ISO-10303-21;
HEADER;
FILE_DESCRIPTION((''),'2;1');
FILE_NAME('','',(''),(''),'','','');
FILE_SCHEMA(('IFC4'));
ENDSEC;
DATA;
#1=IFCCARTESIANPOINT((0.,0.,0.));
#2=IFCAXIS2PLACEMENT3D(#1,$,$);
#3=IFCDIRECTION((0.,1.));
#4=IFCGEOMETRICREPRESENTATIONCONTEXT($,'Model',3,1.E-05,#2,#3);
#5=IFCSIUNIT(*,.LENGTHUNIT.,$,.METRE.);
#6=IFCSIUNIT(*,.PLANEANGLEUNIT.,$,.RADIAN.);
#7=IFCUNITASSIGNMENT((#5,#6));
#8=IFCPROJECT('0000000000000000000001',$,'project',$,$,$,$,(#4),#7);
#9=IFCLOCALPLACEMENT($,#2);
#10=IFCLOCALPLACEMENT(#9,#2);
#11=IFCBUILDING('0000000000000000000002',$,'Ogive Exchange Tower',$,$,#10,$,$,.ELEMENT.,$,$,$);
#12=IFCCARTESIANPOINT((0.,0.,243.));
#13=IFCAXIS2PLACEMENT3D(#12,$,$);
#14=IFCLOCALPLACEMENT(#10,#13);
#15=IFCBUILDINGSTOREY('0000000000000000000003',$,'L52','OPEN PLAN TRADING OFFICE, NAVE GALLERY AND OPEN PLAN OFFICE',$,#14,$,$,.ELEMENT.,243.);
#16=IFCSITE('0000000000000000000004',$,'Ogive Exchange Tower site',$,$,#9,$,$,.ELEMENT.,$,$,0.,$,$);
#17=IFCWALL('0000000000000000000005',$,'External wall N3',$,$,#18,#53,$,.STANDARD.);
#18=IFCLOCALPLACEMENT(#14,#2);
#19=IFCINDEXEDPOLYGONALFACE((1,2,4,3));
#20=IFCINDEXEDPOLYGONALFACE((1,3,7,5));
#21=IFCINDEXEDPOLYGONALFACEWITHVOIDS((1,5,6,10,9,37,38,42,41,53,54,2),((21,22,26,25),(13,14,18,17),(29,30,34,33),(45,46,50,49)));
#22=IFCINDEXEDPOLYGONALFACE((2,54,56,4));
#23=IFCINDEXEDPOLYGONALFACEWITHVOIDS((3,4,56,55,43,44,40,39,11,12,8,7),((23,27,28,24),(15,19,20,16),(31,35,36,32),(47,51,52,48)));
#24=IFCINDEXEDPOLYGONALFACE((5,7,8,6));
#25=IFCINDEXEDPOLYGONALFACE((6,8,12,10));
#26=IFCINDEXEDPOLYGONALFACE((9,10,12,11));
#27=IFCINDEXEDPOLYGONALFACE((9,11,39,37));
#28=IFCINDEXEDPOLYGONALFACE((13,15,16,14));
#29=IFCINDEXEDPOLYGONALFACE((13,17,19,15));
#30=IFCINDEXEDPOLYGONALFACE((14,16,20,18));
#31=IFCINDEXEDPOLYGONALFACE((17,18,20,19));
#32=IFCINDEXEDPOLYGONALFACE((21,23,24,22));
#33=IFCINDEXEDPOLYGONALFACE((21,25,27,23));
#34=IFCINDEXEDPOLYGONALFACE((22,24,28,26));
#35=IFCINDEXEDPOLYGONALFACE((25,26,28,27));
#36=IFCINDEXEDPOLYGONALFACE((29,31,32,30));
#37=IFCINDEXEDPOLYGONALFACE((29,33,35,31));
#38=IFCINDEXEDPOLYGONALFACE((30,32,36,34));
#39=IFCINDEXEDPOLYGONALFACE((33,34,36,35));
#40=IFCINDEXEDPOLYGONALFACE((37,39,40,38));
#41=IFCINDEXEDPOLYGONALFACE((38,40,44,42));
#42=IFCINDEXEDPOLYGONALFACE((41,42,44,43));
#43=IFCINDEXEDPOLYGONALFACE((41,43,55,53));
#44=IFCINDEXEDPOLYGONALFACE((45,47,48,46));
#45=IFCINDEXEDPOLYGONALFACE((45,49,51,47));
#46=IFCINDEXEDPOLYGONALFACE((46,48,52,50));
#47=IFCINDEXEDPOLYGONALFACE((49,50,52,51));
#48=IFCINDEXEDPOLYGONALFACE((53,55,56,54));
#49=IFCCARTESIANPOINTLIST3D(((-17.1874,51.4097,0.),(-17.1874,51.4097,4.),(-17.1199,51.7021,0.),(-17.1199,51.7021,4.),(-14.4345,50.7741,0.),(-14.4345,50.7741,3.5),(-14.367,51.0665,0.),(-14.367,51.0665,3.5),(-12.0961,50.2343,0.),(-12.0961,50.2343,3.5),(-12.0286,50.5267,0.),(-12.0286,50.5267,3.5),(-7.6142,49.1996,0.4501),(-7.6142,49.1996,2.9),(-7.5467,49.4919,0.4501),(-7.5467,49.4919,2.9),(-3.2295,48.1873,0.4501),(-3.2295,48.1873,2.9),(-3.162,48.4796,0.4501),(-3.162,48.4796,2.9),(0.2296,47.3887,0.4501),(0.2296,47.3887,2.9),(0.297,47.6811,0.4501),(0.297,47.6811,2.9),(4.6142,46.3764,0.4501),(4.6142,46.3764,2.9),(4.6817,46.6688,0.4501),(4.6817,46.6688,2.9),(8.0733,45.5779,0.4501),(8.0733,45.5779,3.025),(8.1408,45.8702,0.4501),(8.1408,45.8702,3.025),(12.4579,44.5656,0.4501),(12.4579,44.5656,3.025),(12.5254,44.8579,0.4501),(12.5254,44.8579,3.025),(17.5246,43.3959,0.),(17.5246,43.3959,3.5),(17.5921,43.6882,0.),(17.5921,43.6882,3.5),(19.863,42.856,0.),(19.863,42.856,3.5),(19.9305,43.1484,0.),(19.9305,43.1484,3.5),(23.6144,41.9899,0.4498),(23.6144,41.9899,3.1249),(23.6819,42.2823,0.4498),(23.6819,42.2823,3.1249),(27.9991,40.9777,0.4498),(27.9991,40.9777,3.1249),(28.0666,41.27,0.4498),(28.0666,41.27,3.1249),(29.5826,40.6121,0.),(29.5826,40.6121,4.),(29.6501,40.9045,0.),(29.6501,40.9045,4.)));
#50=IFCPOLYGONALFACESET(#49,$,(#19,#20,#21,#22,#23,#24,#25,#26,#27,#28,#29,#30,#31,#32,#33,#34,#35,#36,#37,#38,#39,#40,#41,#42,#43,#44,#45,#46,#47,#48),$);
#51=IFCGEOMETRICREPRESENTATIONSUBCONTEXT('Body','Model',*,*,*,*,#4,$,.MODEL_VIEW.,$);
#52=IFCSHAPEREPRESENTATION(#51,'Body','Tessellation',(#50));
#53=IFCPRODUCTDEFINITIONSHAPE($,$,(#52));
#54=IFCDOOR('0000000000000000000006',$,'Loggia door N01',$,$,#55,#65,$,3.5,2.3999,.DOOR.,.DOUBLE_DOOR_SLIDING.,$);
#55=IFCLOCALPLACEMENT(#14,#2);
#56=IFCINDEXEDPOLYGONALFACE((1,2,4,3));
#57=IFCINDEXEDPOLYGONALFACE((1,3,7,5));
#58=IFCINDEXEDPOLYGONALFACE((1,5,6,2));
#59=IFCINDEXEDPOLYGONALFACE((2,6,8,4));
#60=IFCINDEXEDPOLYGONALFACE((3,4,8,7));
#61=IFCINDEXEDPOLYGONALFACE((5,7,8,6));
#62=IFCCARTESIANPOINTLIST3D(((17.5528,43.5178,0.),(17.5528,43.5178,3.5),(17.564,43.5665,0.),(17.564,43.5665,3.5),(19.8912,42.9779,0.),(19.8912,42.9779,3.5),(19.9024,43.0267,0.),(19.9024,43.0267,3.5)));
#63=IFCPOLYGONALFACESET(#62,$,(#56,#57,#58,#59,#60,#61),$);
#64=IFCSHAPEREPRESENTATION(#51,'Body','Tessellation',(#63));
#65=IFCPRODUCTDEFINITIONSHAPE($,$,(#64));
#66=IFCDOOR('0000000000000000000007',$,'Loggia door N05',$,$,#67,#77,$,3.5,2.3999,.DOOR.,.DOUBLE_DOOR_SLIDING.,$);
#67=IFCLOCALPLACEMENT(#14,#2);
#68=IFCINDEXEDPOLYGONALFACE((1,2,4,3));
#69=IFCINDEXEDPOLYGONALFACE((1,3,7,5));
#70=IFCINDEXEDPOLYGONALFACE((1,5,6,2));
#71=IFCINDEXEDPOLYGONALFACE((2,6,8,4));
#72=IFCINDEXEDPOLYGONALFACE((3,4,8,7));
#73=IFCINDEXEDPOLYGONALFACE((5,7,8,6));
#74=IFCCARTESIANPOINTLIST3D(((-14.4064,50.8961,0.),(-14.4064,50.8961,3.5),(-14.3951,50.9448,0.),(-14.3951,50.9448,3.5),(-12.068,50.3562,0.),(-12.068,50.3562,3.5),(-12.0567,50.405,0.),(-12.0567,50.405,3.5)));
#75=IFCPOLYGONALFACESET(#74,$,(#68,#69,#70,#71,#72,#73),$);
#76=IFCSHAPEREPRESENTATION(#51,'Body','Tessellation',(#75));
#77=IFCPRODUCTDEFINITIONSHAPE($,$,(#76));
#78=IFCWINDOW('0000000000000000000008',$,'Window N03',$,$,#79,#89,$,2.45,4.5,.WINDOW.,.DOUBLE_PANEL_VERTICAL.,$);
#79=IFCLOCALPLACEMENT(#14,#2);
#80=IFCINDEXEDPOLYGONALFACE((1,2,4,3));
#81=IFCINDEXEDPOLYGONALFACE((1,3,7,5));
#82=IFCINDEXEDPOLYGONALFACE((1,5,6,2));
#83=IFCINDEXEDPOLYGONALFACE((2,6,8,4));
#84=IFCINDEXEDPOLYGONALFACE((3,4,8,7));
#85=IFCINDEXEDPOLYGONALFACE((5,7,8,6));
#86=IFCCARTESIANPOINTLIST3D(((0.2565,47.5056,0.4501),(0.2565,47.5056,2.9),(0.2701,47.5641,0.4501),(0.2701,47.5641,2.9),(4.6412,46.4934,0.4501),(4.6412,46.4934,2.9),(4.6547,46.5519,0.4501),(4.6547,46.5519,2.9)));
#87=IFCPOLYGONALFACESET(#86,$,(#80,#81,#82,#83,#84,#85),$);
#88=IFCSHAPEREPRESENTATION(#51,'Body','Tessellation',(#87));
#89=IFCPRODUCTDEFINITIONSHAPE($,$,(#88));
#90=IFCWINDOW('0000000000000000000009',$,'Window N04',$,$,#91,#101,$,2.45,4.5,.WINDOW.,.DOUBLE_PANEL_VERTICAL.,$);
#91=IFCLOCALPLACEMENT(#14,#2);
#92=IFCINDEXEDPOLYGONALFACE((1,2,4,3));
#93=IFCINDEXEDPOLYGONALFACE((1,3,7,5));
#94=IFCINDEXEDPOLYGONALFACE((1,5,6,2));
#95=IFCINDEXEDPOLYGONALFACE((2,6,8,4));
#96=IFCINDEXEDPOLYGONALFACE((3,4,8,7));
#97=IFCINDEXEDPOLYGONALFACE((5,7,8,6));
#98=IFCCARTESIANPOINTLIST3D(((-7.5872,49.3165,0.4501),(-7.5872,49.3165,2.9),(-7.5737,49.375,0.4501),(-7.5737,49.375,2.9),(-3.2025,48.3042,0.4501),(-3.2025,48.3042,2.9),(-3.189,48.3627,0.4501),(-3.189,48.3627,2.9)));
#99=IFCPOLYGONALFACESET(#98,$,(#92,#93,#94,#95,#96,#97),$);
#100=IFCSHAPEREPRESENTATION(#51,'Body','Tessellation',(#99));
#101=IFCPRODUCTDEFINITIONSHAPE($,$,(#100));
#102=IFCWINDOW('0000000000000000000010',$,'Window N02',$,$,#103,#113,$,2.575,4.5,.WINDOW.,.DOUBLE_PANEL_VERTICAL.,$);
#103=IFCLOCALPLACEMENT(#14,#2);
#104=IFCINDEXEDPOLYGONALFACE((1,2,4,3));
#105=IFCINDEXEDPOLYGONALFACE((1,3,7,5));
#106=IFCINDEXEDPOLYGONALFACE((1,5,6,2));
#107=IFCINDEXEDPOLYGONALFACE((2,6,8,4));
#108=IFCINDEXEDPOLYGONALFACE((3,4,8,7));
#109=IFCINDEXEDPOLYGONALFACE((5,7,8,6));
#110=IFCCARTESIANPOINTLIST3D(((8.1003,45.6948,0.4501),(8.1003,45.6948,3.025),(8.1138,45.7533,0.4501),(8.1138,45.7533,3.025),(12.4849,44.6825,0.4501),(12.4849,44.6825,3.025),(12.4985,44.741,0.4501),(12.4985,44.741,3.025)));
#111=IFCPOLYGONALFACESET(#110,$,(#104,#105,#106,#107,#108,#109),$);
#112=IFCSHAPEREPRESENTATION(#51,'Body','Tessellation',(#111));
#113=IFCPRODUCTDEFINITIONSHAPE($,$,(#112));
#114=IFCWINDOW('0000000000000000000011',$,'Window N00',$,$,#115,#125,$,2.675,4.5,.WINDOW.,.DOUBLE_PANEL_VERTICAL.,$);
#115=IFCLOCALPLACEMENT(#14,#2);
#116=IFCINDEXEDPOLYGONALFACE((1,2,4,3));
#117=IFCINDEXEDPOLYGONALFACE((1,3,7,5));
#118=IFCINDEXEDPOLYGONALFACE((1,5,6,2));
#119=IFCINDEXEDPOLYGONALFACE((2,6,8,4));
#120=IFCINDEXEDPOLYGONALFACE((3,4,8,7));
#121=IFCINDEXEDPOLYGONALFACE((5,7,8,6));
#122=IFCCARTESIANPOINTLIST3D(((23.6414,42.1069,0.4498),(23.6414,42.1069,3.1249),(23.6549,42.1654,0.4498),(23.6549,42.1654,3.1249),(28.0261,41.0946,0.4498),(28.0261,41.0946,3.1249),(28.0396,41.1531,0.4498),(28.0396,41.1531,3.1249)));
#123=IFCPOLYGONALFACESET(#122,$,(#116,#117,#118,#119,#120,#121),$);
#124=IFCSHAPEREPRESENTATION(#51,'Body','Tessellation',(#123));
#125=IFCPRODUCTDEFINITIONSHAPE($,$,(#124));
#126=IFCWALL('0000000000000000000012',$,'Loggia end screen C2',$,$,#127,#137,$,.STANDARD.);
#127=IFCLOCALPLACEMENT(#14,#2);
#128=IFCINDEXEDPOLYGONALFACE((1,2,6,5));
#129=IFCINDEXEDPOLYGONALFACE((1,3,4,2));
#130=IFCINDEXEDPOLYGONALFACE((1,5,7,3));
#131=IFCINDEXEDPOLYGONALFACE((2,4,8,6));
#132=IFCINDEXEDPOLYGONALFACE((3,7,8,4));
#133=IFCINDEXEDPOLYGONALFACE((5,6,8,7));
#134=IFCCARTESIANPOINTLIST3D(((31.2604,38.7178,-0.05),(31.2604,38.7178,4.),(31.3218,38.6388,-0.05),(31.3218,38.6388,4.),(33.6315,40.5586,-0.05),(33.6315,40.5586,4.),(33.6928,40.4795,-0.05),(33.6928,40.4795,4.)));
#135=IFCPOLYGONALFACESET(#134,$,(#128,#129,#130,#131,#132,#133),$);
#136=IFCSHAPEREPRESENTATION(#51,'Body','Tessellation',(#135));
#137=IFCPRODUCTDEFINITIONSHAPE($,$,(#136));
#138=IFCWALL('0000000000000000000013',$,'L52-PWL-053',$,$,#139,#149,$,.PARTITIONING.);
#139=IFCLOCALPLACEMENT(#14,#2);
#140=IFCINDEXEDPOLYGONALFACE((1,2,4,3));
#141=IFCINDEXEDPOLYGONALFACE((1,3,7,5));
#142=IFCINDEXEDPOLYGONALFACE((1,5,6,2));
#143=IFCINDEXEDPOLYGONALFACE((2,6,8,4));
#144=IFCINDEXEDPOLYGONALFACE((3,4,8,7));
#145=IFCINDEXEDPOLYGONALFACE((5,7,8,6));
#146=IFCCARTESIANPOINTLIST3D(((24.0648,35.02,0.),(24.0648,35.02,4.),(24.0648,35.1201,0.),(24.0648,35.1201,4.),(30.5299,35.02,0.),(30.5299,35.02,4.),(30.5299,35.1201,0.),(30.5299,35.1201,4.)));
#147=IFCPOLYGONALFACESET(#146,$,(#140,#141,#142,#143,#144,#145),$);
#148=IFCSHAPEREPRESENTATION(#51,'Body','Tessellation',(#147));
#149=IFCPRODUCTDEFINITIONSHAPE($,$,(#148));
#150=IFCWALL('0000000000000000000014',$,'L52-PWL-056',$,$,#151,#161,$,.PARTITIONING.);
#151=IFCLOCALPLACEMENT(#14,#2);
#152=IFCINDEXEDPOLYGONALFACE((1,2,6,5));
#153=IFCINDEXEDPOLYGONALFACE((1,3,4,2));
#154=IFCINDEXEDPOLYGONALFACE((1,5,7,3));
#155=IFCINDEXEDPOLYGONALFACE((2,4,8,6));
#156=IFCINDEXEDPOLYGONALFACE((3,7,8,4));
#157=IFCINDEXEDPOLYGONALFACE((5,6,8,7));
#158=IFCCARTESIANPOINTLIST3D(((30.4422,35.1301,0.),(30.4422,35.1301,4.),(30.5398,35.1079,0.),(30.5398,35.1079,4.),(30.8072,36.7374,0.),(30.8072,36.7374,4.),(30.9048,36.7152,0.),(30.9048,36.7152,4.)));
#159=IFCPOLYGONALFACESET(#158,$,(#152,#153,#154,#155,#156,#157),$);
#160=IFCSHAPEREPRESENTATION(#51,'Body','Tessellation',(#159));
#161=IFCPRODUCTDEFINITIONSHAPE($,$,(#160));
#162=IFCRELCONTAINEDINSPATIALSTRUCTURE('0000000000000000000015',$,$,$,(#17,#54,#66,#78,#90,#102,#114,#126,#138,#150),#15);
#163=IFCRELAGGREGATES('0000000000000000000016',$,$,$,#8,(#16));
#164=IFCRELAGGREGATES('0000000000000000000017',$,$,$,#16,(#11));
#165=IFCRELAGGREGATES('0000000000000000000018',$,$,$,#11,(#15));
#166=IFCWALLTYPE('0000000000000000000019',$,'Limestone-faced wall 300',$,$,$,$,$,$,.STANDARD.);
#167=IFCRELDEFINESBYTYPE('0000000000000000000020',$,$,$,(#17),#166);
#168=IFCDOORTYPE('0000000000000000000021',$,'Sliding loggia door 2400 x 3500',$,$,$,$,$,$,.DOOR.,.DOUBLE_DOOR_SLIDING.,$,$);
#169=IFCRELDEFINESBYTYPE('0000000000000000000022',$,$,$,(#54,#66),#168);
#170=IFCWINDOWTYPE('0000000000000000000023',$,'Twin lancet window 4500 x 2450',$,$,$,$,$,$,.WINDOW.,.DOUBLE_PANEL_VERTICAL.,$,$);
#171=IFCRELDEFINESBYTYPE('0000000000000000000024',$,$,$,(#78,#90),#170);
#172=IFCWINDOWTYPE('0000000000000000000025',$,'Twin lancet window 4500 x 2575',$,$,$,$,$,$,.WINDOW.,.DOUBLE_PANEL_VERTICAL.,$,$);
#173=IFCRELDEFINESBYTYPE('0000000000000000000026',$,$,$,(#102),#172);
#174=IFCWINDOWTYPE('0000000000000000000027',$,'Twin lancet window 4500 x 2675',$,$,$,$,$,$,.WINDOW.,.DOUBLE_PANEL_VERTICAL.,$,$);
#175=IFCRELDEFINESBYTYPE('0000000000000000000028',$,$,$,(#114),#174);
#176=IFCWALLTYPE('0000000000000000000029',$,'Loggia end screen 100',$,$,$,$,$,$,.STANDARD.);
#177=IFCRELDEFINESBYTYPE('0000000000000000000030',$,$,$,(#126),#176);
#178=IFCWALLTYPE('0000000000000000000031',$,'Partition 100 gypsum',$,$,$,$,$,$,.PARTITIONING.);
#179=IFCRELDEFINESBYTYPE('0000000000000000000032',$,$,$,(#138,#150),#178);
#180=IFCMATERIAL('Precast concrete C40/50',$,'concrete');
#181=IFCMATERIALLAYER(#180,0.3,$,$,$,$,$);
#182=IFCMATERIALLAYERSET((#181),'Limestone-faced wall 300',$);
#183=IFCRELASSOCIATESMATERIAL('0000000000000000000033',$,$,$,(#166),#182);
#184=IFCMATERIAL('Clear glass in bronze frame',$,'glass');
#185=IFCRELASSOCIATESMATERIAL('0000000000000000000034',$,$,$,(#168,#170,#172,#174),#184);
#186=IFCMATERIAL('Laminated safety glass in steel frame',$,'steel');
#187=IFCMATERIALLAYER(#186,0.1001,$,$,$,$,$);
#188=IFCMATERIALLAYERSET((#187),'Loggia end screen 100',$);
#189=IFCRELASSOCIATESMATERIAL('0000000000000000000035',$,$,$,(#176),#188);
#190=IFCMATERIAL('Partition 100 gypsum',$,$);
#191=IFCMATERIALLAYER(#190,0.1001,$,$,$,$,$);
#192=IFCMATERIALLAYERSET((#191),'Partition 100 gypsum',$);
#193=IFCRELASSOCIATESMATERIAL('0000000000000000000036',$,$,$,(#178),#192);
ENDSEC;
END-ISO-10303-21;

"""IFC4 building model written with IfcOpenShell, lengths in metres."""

from ifc_helpers import new_model, si_unit, direction, frame, frame_2d, origin, place, context, subcontext, project, spatial, rectangle, extrude, material, layer, layer_set, type_object, element, fill, save


model = new_model("IFC4")

# Units and contexts
model_context = context("Model", 3, precision=1e-05, world=origin(), true_north=direction((0.0, 1.0)))
body_context = subcontext(model_context, "Body", "Model", "MODEL_VIEW")
ifc_project = project(units=[si_unit("LENGTHUNIT", "METRE"), si_unit("PLANEANGLEUNIT", "RADIAN")], contexts=[model_context])

# Site, building, storey
site_placement = place(None, origin())
site = spatial("IfcSite", under=ifc_project, at=site_placement, Name="Ogive Exchange Tower site", CompositionType="ELEMENT", RefElevation=0.0)
building_placement = place(site_placement, origin())
building = spatial("IfcBuilding", under=site, at=building_placement, Name="Ogive Exchange Tower", CompositionType="ELEMENT")
storey_placement = place(building_placement, frame((0.0, 0.0, 243.0)))
storey = spatial("IfcBuildingStorey", under=building, at=storey_placement, Name="L52", Description="OPEN PLAN TRADING OFFICE, NAVE GALLERY AND OPEN PLAN OFFICE", CompositionType="ELEMENT", Elevation=243.0)

# Wall, openings, doors, windows
ifc_material_1 = material(Name="Precast concrete C40/50", Category="concrete")
ifc_layer_1 = layer(ifc_material_1, 0.3)
ifc_layer_set_1 = layer_set([ifc_layer_1], Name="Limestone-faced wall 300")
wall_type_1 = type_object("IfcWallType", Name="Limestone-faced wall 300", PredefinedType="STANDARD", material=ifc_layer_set_1)
wall_1_placement = place(storey_placement, frame((29.6162, 40.7583, 0.0), z_axis=(0.0, 0.0, 1.0), x_axis=(-0.974371, 0.224949, 0.0)))
wall_1 = element("IfcWall", 1, at=wall_1_placement, inside=storey, type_object=wall_type_1, Name="External wall N3", PredefinedType="STANDARD", context=body_context, shape_type="SweptSolid", body=[
    extrude(rectangle(XDim=48.0002, YDim=0.3, at=frame_2d((24.0, 0.0))), origin(), (0.0, 0.0, 1.0), 4.0),
])
opening_1_placement = place(wall_1_placement, frame((1.625, 0.0, 0.45)))
opening_1 = element("IfcOpeningElement", 2, at=opening_1_placement, cuts=wall_1, PredefinedType="OPENING", context=body_context, shape_type="SweptSolid", body=[
    extrude(rectangle(XDim=4.5, YDim=2.675, at=frame_2d((2.25, 1.3374))), frame((0.0, 0.1599, 0.0), z_axis=(0.0, -1.0, 0.0), x_axis=(1.0, 0.0, 0.0)), (0.0, 0.0, 1.0), 0.3201),
])
opening_2_placement = place(wall_1_placement, frame((9.9751, 0.0, 0.0)))
opening_2 = element("IfcOpeningElement", 3, at=opening_2_placement, cuts=wall_1, PredefinedType="OPENING", context=body_context, shape_type="SweptSolid", body=[
    extrude(rectangle(XDim=2.3999, YDim=3.5, at=frame_2d((1.2, 1.75))), frame((0.0, 0.1599, 0.0), z_axis=(0.0, -1.0, 0.0), x_axis=(1.0, 0.0, 0.0)), (0.0, 0.0, 1.0), 0.3201),
])
opening_3_placement = place(wall_1_placement, frame((17.575, 0.0, 0.45)))
opening_3 = element("IfcOpeningElement", 4, at=opening_3_placement, cuts=wall_1, PredefinedType="OPENING", context=body_context, shape_type="SweptSolid", body=[
    extrude(rectangle(XDim=4.5, YDim=2.575, at=frame_2d((2.25, 1.2876))), frame((0.0, 0.1599, 0.0), z_axis=(0.0, -1.0, 0.0), x_axis=(1.0, 0.0, 0.0)), (0.0, 0.0, 1.0), 0.3201),
])
opening_4_placement = place(wall_1_placement, frame((25.625, 0.0, 0.45)))
opening_4 = element("IfcOpeningElement", 5, at=opening_4_placement, cuts=wall_1, PredefinedType="OPENING", context=body_context, shape_type="SweptSolid", body=[
    extrude(rectangle(XDim=4.5, YDim=2.45, at=frame_2d((2.25, 1.2251))), frame((0.0, 0.1599, 0.0), z_axis=(0.0, -1.0, 0.0), x_axis=(1.0, 0.0, 0.0)), (0.0, 0.0, 1.0), 0.3201),
])
opening_5_placement = place(wall_1_placement, frame((33.675, 0.0, 0.45)))
opening_5 = element("IfcOpeningElement", 6, at=opening_5_placement, cuts=wall_1, PredefinedType="OPENING", context=body_context, shape_type="SweptSolid", body=[
    extrude(rectangle(XDim=4.5, YDim=2.45, at=frame_2d((2.25, 1.2251))), frame((0.0, 0.1599, 0.0), z_axis=(0.0, -1.0, 0.0), x_axis=(1.0, 0.0, 0.0)), (0.0, 0.0, 1.0), 0.3201),
])
opening_6_placement = place(wall_1_placement, frame((42.7749, 0.0, 0.0)))
opening_6 = element("IfcOpeningElement", 7, at=opening_6_placement, cuts=wall_1, PredefinedType="OPENING", context=body_context, shape_type="SweptSolid", body=[
    extrude(rectangle(XDim=2.3999, YDim=3.5, at=frame_2d((1.2, 1.75))), frame((0.0, 0.1599, 0.0), z_axis=(0.0, -1.0, 0.0), x_axis=(1.0, 0.0, 0.0)), (0.0, 0.0, 1.0), 0.3201),
])
ifc_material_2 = material(Name="Clear glass in bronze frame", Category="glass")
door_type_1 = type_object("IfcDoorType", Name="Sliding loggia door 2400 x 3500", OperationType="DOUBLE_DOOR_SLIDING", PredefinedType="DOOR", material=ifc_material_2)
door_1_placement = place(opening_2_placement, origin())
door_1 = element("IfcDoor", 8, at=door_1_placement, inside=storey, type_object=door_type_1, Name="Loggia door N01", OperationType="DOUBLE_DOOR_SLIDING", OverallHeight=3.5, OverallWidth=2.3999, PredefinedType="DOOR", context=body_context, shape_type="SweptSolid", body=[
    extrude(rectangle(XDim=2.3999, YDim=3.5, at=frame_2d((1.2, 1.75))), frame((0.0, 0.0249, 0.0), z_axis=(0.0, -1.0, 0.0), x_axis=(1.0, 0.0, 0.0)), (0.0, 0.0, 1.0), 0.05),
])
fill(opening_2, door_1)
door_2_placement = place(opening_6_placement, origin())
door_2 = element("IfcDoor", 9, at=door_2_placement, inside=storey, type_object=door_type_1, Name="Loggia door N05", OperationType="DOUBLE_DOOR_SLIDING", OverallHeight=3.5, OverallWidth=2.3999, PredefinedType="DOOR", context=body_context, shape_type="SweptSolid", body=[
    extrude(rectangle(XDim=2.3999, YDim=3.5, at=frame_2d((1.2, 1.75))), frame((0.0, 0.0249, 0.0), z_axis=(0.0, -1.0, 0.0), x_axis=(1.0, 0.0, 0.0)), (0.0, 0.0, 1.0), 0.05),
])
fill(opening_6, door_2)
window_type_1 = type_object("IfcWindowType", Name="Twin lancet window 4500 x 2450", PartitioningType="DOUBLE_PANEL_VERTICAL", PredefinedType="WINDOW", material=ifc_material_2)
window_1_placement = place(opening_4_placement, origin())
window_1 = element("IfcWindow", 10, at=window_1_placement, inside=storey, type_object=window_type_1, Name="Window N03", OverallHeight=2.45, OverallWidth=4.5, PartitioningType="DOUBLE_PANEL_VERTICAL", PredefinedType="WINDOW", context=body_context, shape_type="SweptSolid", body=[
    extrude(rectangle(XDim=4.5, YDim=2.45, at=frame_2d((2.25, 1.2251))), frame((0.0, 0.03, 0.0), z_axis=(0.0, -1.0, 0.0), x_axis=(1.0, 0.0, 0.0)), (0.0, 0.0, 1.0), 0.0601),
])
fill(opening_4, window_1)
window_2_placement = place(opening_5_placement, origin())
window_2 = element("IfcWindow", 11, at=window_2_placement, inside=storey, type_object=window_type_1, Name="Window N04", OverallHeight=2.45, OverallWidth=4.5, PartitioningType="DOUBLE_PANEL_VERTICAL", PredefinedType="WINDOW", context=body_context, shape_type="SweptSolid", body=[
    extrude(rectangle(XDim=4.5, YDim=2.45, at=frame_2d((2.25, 1.2251))), frame((0.0, 0.03, 0.0), z_axis=(0.0, -1.0, 0.0), x_axis=(1.0, 0.0, 0.0)), (0.0, 0.0, 1.0), 0.0601),
])
fill(opening_5, window_2)
window_type_2 = type_object("IfcWindowType", Name="Twin lancet window 4500 x 2575", PartitioningType="DOUBLE_PANEL_VERTICAL", PredefinedType="WINDOW", material=ifc_material_2)
window_3_placement = place(opening_3_placement, origin())
window_3 = element("IfcWindow", 12, at=window_3_placement, inside=storey, type_object=window_type_2, Name="Window N02", OverallHeight=2.575, OverallWidth=4.5, PartitioningType="DOUBLE_PANEL_VERTICAL", PredefinedType="WINDOW", context=body_context, shape_type="SweptSolid", body=[
    extrude(rectangle(XDim=4.5, YDim=2.575, at=frame_2d((2.25, 1.2876))), frame((0.0, 0.03, 0.0), z_axis=(0.0, -1.0, 0.0), x_axis=(1.0, 0.0, 0.0)), (0.0, 0.0, 1.0), 0.0601),
])
fill(opening_3, window_3)
window_type_3 = type_object("IfcWindowType", Name="Twin lancet window 4500 x 2675", PartitioningType="DOUBLE_PANEL_VERTICAL", PredefinedType="WINDOW", material=ifc_material_2)
window_4_placement = place(opening_1_placement, origin())
window_4 = element("IfcWindow", 13, at=window_4_placement, inside=storey, type_object=window_type_3, Name="Window N00", OverallHeight=2.675, OverallWidth=4.5, PartitioningType="DOUBLE_PANEL_VERTICAL", PredefinedType="WINDOW", context=body_context, shape_type="SweptSolid", body=[
    extrude(rectangle(XDim=4.5, YDim=2.675, at=frame_2d((2.25, 1.3374))), frame((0.0, 0.03, 0.0), z_axis=(0.0, -1.0, 0.0), x_axis=(1.0, 0.0, 0.0)), (0.0, 0.0, 1.0), 0.0601),
])
fill(opening_1, window_4)

# Walls
ifc_material_3 = material(Name="Laminated safety glass in steel frame", Category="steel")
ifc_layer_2 = layer(ifc_material_3, 0.1001)
ifc_layer_set_2 = layer_set([ifc_layer_2], Name="Loggia end screen 100")
wall_type_2 = type_object("IfcWallType", Name="Loggia end screen 100", PredefinedType="STANDARD", material=ifc_layer_set_2)
wall_2_placement = place(storey_placement, frame((31.291, 38.6782, -0.05), z_axis=(0.0, 0.0, 1.0), x_axis=(0.789895, 0.613242, 0.0)))
element("IfcWall", 14, at=wall_2_placement, inside=storey, type_object=wall_type_2, Name="Loggia end screen C2", PredefinedType="STANDARD", context=body_context, shape_type="SweptSolid", body=[
    extrude(rectangle(XDim=3.0017, YDim=0.1001, at=frame_2d((1.501, 0.0))), origin(), (0.0, 0.0, 1.0), 4.05),
])
ifc_material_4 = material(Name="Partition 100 gypsum")
ifc_layer_3 = layer(ifc_material_4, 0.1001)
ifc_layer_set_3 = layer_set([ifc_layer_3], Name="Partition 100 gypsum")
wall_type_3 = type_object("IfcWallType", Name="Partition 100 gypsum", PredefinedType="PARTITIONING", material=ifc_layer_set_3)
wall_3_placement = place(storey_placement, frame((24.0649, 35.0701, 0.0), z_axis=(0.0, 0.0, 1.0), x_axis=(1.0, 0.0, 0.0)))
element("IfcWall", 15, at=wall_3_placement, inside=storey, type_object=wall_type_3, Name="L52-PWL-053", PredefinedType="PARTITIONING", context=body_context, shape_type="SweptSolid", body=[
    extrude(rectangle(XDim=6.4651, YDim=0.1001, at=frame_2d((3.2324, 0.0))), origin(), (0.0, 0.0, 1.0), 4.0),
])
wall_4_placement = place(storey_placement, frame((30.491, 35.1189, 0.0), z_axis=(0.0, 0.0, 1.0), x_axis=(0.221461, 0.975169, 0.0)))
element("IfcWall", 16, at=wall_4_placement, inside=storey, type_object=wall_type_3, Name="L52-PWL-056", PredefinedType="PARTITIONING", context=body_context, shape_type="SweptSolid", body=[
    extrude(rectangle(XDim=1.6482, YDim=0.1001, at=frame_2d((0.8242, 0.0))), origin(), (0.0, 0.0, 1.0), 4.0),
])

save(model, "model.ifc")
